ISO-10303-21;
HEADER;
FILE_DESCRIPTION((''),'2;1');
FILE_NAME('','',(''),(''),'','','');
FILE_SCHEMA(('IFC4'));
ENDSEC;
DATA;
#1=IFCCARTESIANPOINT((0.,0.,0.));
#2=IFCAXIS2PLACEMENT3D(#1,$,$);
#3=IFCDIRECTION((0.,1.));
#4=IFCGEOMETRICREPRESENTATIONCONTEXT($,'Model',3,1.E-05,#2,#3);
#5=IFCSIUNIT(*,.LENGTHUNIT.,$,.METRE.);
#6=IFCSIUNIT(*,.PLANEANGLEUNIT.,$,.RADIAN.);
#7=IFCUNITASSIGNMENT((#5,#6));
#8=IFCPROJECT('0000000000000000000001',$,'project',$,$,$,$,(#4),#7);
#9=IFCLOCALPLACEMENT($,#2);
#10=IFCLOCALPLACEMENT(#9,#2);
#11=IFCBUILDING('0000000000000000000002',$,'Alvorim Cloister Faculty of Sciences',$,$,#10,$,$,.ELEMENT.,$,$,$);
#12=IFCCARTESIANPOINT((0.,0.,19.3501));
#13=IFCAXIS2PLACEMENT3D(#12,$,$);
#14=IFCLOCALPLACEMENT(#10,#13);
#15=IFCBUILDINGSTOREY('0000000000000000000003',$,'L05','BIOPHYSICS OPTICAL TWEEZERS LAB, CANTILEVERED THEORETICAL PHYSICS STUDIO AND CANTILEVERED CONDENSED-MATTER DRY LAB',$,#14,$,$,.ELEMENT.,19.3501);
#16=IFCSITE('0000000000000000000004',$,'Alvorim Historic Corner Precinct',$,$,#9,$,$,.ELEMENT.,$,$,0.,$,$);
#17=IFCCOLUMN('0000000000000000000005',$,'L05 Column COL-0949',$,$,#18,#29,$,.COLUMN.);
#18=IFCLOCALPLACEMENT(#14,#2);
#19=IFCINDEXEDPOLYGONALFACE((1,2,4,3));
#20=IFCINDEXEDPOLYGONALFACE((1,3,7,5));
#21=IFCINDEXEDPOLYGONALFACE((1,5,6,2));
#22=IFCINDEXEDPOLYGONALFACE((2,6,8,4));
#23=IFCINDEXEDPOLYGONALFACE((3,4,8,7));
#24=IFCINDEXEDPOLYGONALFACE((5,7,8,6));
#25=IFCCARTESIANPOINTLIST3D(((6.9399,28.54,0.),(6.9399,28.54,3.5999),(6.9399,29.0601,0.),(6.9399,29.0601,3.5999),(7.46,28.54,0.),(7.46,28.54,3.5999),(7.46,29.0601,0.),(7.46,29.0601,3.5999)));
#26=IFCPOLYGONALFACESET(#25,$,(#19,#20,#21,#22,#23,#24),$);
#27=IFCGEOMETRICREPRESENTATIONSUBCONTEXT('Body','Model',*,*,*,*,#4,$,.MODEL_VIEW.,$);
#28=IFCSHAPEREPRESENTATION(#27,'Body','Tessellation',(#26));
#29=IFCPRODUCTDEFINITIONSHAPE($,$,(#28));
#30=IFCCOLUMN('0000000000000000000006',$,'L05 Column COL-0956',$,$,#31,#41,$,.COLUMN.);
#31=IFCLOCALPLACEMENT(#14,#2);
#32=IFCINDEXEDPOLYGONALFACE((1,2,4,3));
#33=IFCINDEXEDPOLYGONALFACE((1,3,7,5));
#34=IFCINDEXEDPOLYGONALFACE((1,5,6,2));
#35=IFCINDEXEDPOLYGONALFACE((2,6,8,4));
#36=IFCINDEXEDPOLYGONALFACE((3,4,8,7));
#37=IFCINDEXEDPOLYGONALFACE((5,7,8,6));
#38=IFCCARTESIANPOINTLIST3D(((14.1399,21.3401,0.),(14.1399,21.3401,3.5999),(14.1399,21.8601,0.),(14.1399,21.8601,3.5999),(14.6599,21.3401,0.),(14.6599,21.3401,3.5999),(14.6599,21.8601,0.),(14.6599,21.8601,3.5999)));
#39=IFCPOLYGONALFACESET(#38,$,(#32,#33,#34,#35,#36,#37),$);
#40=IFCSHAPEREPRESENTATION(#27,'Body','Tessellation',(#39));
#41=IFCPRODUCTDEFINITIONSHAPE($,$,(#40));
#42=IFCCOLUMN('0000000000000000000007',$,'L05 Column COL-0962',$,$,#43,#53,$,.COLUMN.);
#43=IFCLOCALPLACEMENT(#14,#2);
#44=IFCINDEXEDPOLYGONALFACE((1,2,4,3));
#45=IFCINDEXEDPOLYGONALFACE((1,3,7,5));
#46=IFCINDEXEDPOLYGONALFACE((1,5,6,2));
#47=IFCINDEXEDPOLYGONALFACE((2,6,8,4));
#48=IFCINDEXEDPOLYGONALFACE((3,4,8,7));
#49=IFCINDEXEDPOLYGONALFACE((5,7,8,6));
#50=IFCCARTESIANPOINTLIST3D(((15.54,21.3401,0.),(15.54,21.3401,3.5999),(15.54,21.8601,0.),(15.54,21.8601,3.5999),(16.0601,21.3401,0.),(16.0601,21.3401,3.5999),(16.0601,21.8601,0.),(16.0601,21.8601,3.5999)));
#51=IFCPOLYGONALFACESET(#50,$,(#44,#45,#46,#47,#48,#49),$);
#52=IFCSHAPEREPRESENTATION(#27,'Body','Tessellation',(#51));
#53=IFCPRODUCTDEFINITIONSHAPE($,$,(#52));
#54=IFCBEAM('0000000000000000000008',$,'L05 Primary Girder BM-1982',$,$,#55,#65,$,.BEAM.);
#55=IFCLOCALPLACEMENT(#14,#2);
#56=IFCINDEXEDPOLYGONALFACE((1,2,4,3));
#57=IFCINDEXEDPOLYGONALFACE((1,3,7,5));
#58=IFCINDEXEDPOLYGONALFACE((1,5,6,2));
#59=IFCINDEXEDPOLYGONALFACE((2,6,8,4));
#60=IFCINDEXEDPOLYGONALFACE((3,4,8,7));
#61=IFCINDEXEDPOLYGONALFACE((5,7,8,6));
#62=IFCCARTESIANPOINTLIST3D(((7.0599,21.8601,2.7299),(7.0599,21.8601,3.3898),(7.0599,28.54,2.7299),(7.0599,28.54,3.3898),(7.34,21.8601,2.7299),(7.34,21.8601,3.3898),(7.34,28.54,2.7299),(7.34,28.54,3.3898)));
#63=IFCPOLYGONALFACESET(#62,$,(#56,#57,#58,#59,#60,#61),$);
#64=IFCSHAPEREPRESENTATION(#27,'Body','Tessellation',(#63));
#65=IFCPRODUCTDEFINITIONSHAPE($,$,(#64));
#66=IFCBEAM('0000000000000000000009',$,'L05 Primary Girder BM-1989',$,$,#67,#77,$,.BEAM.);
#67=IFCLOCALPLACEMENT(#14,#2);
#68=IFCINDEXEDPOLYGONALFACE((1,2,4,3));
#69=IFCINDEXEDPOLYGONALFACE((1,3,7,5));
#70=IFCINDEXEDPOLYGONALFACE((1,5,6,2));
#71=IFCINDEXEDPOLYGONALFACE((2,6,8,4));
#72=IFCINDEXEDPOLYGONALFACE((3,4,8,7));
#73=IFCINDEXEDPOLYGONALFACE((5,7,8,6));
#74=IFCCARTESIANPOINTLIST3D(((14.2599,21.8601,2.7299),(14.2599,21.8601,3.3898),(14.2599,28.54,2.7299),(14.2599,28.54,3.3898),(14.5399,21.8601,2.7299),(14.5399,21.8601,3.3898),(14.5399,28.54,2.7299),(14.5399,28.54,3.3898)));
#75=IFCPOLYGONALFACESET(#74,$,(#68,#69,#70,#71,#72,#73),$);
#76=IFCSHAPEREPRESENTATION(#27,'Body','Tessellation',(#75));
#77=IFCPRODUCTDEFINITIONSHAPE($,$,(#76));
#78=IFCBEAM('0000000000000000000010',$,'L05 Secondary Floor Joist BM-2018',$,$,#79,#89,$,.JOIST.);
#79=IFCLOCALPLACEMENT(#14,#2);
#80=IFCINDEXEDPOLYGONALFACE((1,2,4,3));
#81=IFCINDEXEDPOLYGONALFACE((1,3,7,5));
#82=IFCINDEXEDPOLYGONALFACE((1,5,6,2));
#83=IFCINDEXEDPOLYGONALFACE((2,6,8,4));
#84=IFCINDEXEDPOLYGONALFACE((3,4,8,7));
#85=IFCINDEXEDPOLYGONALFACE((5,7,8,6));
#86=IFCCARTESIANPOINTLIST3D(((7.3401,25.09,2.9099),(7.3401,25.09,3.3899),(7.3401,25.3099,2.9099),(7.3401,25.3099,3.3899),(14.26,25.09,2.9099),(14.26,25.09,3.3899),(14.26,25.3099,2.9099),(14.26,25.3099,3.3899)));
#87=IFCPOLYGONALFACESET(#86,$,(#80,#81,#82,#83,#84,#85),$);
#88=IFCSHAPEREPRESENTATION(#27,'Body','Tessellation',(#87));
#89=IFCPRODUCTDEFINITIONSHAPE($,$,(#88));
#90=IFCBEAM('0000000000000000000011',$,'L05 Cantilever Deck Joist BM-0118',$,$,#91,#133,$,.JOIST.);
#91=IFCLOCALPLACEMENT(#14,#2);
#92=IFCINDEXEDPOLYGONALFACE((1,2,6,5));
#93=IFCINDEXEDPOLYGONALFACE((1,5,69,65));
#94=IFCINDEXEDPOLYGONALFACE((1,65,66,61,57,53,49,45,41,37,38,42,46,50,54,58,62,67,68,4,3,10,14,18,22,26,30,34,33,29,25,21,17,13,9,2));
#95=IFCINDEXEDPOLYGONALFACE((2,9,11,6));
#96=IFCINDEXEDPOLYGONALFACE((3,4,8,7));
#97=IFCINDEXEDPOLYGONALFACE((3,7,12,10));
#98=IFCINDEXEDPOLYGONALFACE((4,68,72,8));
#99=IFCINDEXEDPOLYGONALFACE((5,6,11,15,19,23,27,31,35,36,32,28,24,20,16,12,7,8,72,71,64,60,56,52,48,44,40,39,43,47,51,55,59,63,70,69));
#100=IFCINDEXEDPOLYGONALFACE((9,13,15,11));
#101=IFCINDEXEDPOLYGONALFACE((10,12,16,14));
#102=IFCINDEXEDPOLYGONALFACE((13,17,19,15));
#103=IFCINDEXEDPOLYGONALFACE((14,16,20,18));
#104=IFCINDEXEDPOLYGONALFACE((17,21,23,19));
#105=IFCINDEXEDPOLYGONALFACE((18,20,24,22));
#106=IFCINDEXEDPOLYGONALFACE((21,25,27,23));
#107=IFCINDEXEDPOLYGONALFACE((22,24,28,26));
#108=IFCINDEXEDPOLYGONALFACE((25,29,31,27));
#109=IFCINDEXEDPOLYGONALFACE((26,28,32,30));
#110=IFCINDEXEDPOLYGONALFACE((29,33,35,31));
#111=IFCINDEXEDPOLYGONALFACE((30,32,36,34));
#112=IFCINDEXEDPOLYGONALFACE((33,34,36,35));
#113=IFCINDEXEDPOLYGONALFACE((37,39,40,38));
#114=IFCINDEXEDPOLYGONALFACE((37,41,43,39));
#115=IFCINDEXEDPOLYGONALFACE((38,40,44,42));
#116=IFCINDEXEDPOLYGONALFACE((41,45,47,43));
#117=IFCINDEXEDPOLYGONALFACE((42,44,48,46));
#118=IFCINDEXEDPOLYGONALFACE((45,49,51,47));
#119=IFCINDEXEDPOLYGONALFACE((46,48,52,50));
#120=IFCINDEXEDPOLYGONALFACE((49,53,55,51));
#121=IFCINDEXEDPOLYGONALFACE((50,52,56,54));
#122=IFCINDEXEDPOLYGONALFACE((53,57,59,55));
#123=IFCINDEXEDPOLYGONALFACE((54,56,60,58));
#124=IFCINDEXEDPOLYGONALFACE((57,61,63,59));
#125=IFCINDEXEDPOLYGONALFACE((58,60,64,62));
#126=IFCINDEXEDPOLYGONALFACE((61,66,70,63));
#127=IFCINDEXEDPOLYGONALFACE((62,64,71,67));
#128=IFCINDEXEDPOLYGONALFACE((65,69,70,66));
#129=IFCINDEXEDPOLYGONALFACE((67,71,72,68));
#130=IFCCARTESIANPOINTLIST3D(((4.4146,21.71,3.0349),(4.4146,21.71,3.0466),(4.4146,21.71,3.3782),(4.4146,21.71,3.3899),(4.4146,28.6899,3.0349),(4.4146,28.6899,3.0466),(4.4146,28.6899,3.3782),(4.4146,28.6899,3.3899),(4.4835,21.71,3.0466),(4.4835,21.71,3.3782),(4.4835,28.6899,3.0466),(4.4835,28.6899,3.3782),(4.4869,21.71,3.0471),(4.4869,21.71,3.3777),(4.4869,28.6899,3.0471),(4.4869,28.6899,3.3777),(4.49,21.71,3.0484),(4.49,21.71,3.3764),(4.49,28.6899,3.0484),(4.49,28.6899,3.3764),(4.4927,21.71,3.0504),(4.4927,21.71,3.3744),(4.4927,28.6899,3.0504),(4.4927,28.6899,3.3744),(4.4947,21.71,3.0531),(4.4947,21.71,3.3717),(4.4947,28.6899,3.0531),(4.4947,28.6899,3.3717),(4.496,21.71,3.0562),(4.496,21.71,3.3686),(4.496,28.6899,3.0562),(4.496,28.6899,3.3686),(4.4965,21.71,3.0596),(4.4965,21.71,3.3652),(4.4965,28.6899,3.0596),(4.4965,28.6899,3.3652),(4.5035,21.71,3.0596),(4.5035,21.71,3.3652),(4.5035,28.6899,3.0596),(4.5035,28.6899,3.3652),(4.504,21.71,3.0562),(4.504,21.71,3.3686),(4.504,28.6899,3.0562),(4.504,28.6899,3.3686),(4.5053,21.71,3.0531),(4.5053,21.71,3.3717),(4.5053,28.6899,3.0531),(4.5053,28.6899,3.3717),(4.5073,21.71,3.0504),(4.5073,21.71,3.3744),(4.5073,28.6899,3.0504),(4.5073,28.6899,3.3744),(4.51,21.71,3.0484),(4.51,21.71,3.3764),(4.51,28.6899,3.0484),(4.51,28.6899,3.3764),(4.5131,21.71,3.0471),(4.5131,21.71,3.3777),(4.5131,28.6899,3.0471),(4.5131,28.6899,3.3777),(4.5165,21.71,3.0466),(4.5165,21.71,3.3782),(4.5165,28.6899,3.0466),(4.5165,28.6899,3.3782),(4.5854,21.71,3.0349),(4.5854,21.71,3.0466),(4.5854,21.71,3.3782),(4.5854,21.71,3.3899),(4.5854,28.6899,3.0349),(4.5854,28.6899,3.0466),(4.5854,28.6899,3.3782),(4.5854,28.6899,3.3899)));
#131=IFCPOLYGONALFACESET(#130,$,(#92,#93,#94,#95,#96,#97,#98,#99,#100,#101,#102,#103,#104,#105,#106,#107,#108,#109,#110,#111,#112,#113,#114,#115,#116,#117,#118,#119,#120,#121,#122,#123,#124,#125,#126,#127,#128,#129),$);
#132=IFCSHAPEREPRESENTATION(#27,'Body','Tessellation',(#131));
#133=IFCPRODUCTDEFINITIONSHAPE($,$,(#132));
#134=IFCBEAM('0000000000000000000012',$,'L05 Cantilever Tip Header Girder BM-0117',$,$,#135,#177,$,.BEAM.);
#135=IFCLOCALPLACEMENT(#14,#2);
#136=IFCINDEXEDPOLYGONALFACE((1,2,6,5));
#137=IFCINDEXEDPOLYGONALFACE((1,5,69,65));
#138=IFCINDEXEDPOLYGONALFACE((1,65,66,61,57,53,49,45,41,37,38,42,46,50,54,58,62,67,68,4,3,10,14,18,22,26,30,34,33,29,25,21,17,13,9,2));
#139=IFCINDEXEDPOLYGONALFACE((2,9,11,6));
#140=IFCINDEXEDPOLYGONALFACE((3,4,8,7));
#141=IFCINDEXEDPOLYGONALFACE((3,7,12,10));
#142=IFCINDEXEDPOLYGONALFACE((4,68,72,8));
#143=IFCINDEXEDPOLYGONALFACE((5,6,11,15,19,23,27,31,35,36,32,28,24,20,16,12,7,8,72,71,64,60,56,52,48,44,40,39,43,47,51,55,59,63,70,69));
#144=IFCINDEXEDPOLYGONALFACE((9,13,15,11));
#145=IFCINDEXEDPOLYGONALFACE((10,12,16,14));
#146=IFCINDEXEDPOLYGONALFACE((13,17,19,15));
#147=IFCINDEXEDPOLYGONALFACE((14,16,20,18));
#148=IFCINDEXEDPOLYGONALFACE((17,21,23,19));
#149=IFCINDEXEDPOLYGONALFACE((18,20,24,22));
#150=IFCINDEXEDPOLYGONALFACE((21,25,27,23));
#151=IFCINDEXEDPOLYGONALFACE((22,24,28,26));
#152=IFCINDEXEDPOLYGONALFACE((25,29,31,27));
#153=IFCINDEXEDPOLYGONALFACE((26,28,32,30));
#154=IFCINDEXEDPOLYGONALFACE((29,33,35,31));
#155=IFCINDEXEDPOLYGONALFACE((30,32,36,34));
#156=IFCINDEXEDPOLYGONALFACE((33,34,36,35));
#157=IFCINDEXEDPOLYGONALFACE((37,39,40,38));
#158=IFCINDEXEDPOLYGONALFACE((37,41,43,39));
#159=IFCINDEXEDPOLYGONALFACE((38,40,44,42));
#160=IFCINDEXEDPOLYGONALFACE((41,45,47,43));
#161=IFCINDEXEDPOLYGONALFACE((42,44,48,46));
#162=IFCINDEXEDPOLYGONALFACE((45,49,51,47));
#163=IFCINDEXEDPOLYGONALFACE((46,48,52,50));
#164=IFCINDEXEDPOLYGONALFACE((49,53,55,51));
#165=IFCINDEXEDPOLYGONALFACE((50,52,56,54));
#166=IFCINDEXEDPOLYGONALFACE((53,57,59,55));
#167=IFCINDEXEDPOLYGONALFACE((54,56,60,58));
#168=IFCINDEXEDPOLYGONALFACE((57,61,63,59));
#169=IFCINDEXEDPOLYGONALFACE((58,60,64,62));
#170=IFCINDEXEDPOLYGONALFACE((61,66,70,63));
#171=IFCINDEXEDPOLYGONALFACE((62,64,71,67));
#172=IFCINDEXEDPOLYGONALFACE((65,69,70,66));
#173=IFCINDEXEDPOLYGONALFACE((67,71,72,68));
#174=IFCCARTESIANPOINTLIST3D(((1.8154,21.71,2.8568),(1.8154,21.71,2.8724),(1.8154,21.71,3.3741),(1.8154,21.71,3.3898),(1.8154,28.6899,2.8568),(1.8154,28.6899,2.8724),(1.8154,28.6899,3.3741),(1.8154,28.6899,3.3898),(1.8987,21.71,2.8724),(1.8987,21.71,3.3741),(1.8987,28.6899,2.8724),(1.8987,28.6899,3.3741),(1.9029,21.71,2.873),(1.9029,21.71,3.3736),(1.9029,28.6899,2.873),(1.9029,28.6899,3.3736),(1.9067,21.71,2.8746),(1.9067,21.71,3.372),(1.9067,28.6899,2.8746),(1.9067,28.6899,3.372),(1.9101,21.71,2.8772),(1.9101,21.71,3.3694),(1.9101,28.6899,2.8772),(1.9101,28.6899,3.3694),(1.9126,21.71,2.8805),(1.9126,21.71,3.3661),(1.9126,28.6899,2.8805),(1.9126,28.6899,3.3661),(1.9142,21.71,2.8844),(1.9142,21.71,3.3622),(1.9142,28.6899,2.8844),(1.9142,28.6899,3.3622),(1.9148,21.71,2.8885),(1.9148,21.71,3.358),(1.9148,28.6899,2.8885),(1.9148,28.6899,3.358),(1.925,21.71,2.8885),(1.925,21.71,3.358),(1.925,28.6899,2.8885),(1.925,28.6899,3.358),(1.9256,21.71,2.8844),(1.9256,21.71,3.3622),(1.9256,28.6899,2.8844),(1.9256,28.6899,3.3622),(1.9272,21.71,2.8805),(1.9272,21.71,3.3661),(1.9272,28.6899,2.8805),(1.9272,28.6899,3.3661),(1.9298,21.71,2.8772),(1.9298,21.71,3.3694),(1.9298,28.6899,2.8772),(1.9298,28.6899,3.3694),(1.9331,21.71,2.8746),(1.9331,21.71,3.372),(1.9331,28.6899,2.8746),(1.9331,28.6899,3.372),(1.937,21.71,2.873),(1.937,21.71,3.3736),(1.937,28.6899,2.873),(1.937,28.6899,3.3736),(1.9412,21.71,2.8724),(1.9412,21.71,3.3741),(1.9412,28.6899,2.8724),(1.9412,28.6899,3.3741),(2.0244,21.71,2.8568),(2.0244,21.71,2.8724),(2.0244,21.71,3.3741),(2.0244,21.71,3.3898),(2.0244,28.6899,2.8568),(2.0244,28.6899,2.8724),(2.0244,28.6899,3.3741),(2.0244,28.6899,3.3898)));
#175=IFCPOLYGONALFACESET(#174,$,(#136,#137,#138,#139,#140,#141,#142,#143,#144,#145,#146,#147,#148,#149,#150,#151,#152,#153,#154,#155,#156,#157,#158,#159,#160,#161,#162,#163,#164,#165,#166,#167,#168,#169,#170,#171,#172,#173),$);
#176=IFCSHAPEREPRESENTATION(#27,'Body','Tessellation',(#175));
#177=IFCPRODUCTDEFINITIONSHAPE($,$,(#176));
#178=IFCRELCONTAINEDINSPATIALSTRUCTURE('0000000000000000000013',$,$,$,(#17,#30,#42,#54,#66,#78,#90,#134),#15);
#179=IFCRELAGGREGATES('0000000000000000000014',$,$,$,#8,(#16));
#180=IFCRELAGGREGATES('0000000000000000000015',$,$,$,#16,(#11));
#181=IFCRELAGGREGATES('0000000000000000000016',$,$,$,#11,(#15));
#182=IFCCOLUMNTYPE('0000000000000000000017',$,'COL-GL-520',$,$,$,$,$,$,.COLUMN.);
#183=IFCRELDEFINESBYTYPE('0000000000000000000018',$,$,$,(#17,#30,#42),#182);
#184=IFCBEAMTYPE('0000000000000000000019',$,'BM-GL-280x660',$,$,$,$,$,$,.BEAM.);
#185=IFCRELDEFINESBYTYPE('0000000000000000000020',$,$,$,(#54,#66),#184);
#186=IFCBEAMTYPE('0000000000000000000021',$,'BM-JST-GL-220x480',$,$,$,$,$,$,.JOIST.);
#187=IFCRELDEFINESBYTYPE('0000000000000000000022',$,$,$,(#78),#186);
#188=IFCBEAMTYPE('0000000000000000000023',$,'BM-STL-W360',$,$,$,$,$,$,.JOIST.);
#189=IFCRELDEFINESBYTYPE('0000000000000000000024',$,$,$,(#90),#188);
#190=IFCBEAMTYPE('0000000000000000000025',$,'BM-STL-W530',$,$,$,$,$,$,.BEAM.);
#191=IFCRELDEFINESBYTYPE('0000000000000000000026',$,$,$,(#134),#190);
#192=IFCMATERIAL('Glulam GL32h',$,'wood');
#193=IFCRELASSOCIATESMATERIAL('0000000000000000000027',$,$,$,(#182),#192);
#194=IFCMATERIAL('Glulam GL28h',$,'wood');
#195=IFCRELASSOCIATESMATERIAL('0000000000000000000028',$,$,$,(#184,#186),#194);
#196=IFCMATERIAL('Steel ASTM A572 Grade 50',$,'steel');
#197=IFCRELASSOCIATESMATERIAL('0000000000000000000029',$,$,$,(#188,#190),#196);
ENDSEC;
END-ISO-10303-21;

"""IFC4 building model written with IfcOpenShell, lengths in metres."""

from ifc_helpers import new_model, si_unit, direction, frame, origin, origin_2d, place, context, subcontext, project, spatial, rectangle, i_section, extrude, material, material_profile, profile_set, type_object, element, save


model = new_model("IFC4")

# Units and contexts
model_context = context("Model", 3, precision=1e-05, world=origin(), true_north=direction((0.0, 1.0)))
body_context = subcontext(model_context, "Body", "Model", "MODEL_VIEW")
ifc_project = project(units=[si_unit("LENGTHUNIT", "METRE"), si_unit("PLANEANGLEUNIT", "RADIAN")], contexts=[model_context])

# Site, building, storey
site_placement = place(None, origin())
site = spatial("IfcSite", under=ifc_project, at=site_placement, Name="Alvorim Historic Corner Precinct", CompositionType="ELEMENT", RefElevation=0.0)
building_placement = place(site_placement, origin())
building = spatial("IfcBuilding", under=site, at=building_placement, Name="Alvorim Cloister Faculty of Sciences", CompositionType="ELEMENT")
storey_placement = place(building_placement, frame((0.0, 0.0, 19.3501)))
storey = spatial("IfcBuildingStorey", under=building, at=storey_placement, Name="L05", Description="BIOPHYSICS OPTICAL TWEEZERS LAB, CANTILEVERED THEORETICAL PHYSICS STUDIO AND CANTILEVERED CONDENSED-MATTER DRY LAB", CompositionType="ELEMENT", Elevation=19.3501)

# Columns
ifc_material_1 = material(Name="Glulam GL32h", Category="wood")
ifc_material_profile_1 = material_profile(ifc_material_1, rectangle(XDim=0.52, YDim=0.52, at=origin_2d()), Name="GL32-COL-520x520")
ifc_profile_set_1 = profile_set([ifc_material_profile_1], Name="Glulam GL32h")
column_type = type_object("IfcColumnType", Name="COL-GL-520", PredefinedType="COLUMN", material=ifc_profile_set_1)
for number, where, z_axis, x_axis, name in (
    (1, (7.2, 28.8, 0.0), (0.0, 0.0, 1.0), (1.0, 0.0, 0.0), "L05 Column COL-0949"),
    (2, (14.3999, 21.6001, 0.0), (0.0, 0.0, 1.0), (1.0, 0.0, 0.0), "L05 Column COL-0956"),
    (3, (15.8, 21.6001, 0.0), (0.0, 0.0, 1.0), (1.0, 0.0, 0.0), "L05 Column COL-0962"),
):
    element("IfcColumn", number, at=place(storey_placement, frame(where, z_axis=z_axis, x_axis=x_axis)), inside=storey, type_object=column_type, Name=name, PredefinedType="COLUMN", context=body_context, shape_type="SweptSolid", body=[
        extrude(rectangle(XDim=0.52, YDim=0.52, at=origin_2d()), origin(), (0.0, 0.0, 1.0), 3.5999),
    ])

# Beams
ifc_material_2 = material(Name="Glulam GL28h", Category="wood")
ifc_material_profile_2 = material_profile(ifc_material_2, rectangle(XDim=0.28, YDim=0.6599, at=origin_2d()), Name="GL28-BM-280x660")
ifc_profile_set_2 = profile_set([ifc_material_profile_2], Name="Glulam GL28h")
beam_type_1 = type_object("IfcBeamType", Name="BM-GL-280x660", PredefinedType="BEAM", material=ifc_profile_set_2)
for number, where, z_axis, x_axis, name in (
    (4, (7.2, 21.8601, 3.0598), (0.0, 1.0, 0.0), (-1.0, 0.0, 0.0), "L05 Primary Girder BM-1982"),
    (5, (14.3999, 21.8601, 3.0598), (0.0, 1.0, 0.0), (-1.0, 0.0, 0.0), "L05 Primary Girder BM-1989"),
):
    element("IfcBeam", number, at=place(storey_placement, frame(where, z_axis=z_axis, x_axis=x_axis)), inside=storey, type_object=beam_type_1, Name=name, PredefinedType="BEAM", context=body_context, shape_type="SweptSolid", body=[
        extrude(rectangle(XDim=0.28, YDim=0.6599, at=origin_2d()), origin(), (0.0, 0.0, 1.0), 6.6799),
    ])
ifc_material_profile_3 = material_profile(ifc_material_2, rectangle(XDim=0.22, YDim=0.48, at=origin_2d()), Name="GL28-JST-220x480")
ifc_profile_set_3 = profile_set([ifc_material_profile_3], Name="Glulam GL28h")
beam_type_2 = type_object("IfcBeamType", Name="BM-JST-GL-220x480", PredefinedType="JOIST", material=ifc_profile_set_3)
beam_1_placement = place(storey_placement, frame((7.3401, 25.2, 3.1499), z_axis=(1.0, 0.0, 0.0), x_axis=(0.0, 1.0, 0.0)))
element("IfcBeam", 6, at=beam_1_placement, inside=storey, type_object=beam_type_2, Name="L05 Secondary Floor Joist BM-2018", PredefinedType="JOIST", context=body_context, shape_type="SweptSolid", body=[
    extrude(rectangle(XDim=0.22, YDim=0.48, at=origin_2d()), origin(), (0.0, 0.0, 1.0), 6.9199),
])
ifc_material_3 = material(Name="Steel ASTM A572 Grade 50", Category="steel")
ifc_material_profile_4 = material_profile(ifc_material_3, i_section(OverallWidth=0.1709, OverallDepth=0.355, WebThickness=0.0071, FlangeThickness=0.0117, FilletRadius=0.0129, at=origin_2d()), Name="W360x51.0")
ifc_profile_set_4 = profile_set([ifc_material_profile_4], Name="Steel ASTM A572 Grade 50")
beam_type_3 = type_object("IfcBeamType", Name="BM-STL-W360", PredefinedType="JOIST", material=ifc_profile_set_4)
beam_2_placement = place(storey_placement, frame((4.5, 21.71, 3.2124), z_axis=(0.0, 1.0, 0.0), x_axis=(-1.0, 0.0, 0.0)))
element("IfcBeam", 7, at=beam_2_placement, inside=storey, type_object=beam_type_3, Name="L05 Cantilever Deck Joist BM-0118", PredefinedType="JOIST", context=body_context, shape_type="SweptSolid", body=[
    extrude(i_section(OverallWidth=0.1709, OverallDepth=0.355, WebThickness=0.0071, FlangeThickness=0.0117, FilletRadius=0.0129, at=origin_2d()), origin(), (0.0, 0.0, 1.0), 6.98),
])
ifc_material_profile_5 = material_profile(ifc_material_3, i_section(OverallWidth=0.209, OverallDepth=0.533, WebThickness=0.0103, FlangeThickness=0.0156, FilletRadius=0.0161, at=origin_2d()), Name="W530x92.0")
ifc_profile_set_5 = profile_set([ifc_material_profile_5], Name="Steel ASTM A572 Grade 50")
beam_type_4 = type_object("IfcBeamType", Name="BM-STL-W530", PredefinedType="BEAM", material=ifc_profile_set_5)
beam_3_placement = place(storey_placement, frame((1.9199, 21.71, 3.1233), z_axis=(0.0, 1.0, 0.0), x_axis=(-1.0, 0.0, 0.0)))
element("IfcBeam", 8, at=beam_3_placement, inside=storey, type_object=beam_type_4, Name="L05 Cantilever Tip Header Girder BM-0117", PredefinedType="BEAM", context=body_context, shape_type="SweptSolid", body=[
    extrude(i_section(OverallWidth=0.209, OverallDepth=0.533, WebThickness=0.0103, FlangeThickness=0.0156, FilletRadius=0.0161, at=origin_2d()), origin(), (0.0, 0.0, 1.0), 6.98),
])

save(model, "model.ifc")
